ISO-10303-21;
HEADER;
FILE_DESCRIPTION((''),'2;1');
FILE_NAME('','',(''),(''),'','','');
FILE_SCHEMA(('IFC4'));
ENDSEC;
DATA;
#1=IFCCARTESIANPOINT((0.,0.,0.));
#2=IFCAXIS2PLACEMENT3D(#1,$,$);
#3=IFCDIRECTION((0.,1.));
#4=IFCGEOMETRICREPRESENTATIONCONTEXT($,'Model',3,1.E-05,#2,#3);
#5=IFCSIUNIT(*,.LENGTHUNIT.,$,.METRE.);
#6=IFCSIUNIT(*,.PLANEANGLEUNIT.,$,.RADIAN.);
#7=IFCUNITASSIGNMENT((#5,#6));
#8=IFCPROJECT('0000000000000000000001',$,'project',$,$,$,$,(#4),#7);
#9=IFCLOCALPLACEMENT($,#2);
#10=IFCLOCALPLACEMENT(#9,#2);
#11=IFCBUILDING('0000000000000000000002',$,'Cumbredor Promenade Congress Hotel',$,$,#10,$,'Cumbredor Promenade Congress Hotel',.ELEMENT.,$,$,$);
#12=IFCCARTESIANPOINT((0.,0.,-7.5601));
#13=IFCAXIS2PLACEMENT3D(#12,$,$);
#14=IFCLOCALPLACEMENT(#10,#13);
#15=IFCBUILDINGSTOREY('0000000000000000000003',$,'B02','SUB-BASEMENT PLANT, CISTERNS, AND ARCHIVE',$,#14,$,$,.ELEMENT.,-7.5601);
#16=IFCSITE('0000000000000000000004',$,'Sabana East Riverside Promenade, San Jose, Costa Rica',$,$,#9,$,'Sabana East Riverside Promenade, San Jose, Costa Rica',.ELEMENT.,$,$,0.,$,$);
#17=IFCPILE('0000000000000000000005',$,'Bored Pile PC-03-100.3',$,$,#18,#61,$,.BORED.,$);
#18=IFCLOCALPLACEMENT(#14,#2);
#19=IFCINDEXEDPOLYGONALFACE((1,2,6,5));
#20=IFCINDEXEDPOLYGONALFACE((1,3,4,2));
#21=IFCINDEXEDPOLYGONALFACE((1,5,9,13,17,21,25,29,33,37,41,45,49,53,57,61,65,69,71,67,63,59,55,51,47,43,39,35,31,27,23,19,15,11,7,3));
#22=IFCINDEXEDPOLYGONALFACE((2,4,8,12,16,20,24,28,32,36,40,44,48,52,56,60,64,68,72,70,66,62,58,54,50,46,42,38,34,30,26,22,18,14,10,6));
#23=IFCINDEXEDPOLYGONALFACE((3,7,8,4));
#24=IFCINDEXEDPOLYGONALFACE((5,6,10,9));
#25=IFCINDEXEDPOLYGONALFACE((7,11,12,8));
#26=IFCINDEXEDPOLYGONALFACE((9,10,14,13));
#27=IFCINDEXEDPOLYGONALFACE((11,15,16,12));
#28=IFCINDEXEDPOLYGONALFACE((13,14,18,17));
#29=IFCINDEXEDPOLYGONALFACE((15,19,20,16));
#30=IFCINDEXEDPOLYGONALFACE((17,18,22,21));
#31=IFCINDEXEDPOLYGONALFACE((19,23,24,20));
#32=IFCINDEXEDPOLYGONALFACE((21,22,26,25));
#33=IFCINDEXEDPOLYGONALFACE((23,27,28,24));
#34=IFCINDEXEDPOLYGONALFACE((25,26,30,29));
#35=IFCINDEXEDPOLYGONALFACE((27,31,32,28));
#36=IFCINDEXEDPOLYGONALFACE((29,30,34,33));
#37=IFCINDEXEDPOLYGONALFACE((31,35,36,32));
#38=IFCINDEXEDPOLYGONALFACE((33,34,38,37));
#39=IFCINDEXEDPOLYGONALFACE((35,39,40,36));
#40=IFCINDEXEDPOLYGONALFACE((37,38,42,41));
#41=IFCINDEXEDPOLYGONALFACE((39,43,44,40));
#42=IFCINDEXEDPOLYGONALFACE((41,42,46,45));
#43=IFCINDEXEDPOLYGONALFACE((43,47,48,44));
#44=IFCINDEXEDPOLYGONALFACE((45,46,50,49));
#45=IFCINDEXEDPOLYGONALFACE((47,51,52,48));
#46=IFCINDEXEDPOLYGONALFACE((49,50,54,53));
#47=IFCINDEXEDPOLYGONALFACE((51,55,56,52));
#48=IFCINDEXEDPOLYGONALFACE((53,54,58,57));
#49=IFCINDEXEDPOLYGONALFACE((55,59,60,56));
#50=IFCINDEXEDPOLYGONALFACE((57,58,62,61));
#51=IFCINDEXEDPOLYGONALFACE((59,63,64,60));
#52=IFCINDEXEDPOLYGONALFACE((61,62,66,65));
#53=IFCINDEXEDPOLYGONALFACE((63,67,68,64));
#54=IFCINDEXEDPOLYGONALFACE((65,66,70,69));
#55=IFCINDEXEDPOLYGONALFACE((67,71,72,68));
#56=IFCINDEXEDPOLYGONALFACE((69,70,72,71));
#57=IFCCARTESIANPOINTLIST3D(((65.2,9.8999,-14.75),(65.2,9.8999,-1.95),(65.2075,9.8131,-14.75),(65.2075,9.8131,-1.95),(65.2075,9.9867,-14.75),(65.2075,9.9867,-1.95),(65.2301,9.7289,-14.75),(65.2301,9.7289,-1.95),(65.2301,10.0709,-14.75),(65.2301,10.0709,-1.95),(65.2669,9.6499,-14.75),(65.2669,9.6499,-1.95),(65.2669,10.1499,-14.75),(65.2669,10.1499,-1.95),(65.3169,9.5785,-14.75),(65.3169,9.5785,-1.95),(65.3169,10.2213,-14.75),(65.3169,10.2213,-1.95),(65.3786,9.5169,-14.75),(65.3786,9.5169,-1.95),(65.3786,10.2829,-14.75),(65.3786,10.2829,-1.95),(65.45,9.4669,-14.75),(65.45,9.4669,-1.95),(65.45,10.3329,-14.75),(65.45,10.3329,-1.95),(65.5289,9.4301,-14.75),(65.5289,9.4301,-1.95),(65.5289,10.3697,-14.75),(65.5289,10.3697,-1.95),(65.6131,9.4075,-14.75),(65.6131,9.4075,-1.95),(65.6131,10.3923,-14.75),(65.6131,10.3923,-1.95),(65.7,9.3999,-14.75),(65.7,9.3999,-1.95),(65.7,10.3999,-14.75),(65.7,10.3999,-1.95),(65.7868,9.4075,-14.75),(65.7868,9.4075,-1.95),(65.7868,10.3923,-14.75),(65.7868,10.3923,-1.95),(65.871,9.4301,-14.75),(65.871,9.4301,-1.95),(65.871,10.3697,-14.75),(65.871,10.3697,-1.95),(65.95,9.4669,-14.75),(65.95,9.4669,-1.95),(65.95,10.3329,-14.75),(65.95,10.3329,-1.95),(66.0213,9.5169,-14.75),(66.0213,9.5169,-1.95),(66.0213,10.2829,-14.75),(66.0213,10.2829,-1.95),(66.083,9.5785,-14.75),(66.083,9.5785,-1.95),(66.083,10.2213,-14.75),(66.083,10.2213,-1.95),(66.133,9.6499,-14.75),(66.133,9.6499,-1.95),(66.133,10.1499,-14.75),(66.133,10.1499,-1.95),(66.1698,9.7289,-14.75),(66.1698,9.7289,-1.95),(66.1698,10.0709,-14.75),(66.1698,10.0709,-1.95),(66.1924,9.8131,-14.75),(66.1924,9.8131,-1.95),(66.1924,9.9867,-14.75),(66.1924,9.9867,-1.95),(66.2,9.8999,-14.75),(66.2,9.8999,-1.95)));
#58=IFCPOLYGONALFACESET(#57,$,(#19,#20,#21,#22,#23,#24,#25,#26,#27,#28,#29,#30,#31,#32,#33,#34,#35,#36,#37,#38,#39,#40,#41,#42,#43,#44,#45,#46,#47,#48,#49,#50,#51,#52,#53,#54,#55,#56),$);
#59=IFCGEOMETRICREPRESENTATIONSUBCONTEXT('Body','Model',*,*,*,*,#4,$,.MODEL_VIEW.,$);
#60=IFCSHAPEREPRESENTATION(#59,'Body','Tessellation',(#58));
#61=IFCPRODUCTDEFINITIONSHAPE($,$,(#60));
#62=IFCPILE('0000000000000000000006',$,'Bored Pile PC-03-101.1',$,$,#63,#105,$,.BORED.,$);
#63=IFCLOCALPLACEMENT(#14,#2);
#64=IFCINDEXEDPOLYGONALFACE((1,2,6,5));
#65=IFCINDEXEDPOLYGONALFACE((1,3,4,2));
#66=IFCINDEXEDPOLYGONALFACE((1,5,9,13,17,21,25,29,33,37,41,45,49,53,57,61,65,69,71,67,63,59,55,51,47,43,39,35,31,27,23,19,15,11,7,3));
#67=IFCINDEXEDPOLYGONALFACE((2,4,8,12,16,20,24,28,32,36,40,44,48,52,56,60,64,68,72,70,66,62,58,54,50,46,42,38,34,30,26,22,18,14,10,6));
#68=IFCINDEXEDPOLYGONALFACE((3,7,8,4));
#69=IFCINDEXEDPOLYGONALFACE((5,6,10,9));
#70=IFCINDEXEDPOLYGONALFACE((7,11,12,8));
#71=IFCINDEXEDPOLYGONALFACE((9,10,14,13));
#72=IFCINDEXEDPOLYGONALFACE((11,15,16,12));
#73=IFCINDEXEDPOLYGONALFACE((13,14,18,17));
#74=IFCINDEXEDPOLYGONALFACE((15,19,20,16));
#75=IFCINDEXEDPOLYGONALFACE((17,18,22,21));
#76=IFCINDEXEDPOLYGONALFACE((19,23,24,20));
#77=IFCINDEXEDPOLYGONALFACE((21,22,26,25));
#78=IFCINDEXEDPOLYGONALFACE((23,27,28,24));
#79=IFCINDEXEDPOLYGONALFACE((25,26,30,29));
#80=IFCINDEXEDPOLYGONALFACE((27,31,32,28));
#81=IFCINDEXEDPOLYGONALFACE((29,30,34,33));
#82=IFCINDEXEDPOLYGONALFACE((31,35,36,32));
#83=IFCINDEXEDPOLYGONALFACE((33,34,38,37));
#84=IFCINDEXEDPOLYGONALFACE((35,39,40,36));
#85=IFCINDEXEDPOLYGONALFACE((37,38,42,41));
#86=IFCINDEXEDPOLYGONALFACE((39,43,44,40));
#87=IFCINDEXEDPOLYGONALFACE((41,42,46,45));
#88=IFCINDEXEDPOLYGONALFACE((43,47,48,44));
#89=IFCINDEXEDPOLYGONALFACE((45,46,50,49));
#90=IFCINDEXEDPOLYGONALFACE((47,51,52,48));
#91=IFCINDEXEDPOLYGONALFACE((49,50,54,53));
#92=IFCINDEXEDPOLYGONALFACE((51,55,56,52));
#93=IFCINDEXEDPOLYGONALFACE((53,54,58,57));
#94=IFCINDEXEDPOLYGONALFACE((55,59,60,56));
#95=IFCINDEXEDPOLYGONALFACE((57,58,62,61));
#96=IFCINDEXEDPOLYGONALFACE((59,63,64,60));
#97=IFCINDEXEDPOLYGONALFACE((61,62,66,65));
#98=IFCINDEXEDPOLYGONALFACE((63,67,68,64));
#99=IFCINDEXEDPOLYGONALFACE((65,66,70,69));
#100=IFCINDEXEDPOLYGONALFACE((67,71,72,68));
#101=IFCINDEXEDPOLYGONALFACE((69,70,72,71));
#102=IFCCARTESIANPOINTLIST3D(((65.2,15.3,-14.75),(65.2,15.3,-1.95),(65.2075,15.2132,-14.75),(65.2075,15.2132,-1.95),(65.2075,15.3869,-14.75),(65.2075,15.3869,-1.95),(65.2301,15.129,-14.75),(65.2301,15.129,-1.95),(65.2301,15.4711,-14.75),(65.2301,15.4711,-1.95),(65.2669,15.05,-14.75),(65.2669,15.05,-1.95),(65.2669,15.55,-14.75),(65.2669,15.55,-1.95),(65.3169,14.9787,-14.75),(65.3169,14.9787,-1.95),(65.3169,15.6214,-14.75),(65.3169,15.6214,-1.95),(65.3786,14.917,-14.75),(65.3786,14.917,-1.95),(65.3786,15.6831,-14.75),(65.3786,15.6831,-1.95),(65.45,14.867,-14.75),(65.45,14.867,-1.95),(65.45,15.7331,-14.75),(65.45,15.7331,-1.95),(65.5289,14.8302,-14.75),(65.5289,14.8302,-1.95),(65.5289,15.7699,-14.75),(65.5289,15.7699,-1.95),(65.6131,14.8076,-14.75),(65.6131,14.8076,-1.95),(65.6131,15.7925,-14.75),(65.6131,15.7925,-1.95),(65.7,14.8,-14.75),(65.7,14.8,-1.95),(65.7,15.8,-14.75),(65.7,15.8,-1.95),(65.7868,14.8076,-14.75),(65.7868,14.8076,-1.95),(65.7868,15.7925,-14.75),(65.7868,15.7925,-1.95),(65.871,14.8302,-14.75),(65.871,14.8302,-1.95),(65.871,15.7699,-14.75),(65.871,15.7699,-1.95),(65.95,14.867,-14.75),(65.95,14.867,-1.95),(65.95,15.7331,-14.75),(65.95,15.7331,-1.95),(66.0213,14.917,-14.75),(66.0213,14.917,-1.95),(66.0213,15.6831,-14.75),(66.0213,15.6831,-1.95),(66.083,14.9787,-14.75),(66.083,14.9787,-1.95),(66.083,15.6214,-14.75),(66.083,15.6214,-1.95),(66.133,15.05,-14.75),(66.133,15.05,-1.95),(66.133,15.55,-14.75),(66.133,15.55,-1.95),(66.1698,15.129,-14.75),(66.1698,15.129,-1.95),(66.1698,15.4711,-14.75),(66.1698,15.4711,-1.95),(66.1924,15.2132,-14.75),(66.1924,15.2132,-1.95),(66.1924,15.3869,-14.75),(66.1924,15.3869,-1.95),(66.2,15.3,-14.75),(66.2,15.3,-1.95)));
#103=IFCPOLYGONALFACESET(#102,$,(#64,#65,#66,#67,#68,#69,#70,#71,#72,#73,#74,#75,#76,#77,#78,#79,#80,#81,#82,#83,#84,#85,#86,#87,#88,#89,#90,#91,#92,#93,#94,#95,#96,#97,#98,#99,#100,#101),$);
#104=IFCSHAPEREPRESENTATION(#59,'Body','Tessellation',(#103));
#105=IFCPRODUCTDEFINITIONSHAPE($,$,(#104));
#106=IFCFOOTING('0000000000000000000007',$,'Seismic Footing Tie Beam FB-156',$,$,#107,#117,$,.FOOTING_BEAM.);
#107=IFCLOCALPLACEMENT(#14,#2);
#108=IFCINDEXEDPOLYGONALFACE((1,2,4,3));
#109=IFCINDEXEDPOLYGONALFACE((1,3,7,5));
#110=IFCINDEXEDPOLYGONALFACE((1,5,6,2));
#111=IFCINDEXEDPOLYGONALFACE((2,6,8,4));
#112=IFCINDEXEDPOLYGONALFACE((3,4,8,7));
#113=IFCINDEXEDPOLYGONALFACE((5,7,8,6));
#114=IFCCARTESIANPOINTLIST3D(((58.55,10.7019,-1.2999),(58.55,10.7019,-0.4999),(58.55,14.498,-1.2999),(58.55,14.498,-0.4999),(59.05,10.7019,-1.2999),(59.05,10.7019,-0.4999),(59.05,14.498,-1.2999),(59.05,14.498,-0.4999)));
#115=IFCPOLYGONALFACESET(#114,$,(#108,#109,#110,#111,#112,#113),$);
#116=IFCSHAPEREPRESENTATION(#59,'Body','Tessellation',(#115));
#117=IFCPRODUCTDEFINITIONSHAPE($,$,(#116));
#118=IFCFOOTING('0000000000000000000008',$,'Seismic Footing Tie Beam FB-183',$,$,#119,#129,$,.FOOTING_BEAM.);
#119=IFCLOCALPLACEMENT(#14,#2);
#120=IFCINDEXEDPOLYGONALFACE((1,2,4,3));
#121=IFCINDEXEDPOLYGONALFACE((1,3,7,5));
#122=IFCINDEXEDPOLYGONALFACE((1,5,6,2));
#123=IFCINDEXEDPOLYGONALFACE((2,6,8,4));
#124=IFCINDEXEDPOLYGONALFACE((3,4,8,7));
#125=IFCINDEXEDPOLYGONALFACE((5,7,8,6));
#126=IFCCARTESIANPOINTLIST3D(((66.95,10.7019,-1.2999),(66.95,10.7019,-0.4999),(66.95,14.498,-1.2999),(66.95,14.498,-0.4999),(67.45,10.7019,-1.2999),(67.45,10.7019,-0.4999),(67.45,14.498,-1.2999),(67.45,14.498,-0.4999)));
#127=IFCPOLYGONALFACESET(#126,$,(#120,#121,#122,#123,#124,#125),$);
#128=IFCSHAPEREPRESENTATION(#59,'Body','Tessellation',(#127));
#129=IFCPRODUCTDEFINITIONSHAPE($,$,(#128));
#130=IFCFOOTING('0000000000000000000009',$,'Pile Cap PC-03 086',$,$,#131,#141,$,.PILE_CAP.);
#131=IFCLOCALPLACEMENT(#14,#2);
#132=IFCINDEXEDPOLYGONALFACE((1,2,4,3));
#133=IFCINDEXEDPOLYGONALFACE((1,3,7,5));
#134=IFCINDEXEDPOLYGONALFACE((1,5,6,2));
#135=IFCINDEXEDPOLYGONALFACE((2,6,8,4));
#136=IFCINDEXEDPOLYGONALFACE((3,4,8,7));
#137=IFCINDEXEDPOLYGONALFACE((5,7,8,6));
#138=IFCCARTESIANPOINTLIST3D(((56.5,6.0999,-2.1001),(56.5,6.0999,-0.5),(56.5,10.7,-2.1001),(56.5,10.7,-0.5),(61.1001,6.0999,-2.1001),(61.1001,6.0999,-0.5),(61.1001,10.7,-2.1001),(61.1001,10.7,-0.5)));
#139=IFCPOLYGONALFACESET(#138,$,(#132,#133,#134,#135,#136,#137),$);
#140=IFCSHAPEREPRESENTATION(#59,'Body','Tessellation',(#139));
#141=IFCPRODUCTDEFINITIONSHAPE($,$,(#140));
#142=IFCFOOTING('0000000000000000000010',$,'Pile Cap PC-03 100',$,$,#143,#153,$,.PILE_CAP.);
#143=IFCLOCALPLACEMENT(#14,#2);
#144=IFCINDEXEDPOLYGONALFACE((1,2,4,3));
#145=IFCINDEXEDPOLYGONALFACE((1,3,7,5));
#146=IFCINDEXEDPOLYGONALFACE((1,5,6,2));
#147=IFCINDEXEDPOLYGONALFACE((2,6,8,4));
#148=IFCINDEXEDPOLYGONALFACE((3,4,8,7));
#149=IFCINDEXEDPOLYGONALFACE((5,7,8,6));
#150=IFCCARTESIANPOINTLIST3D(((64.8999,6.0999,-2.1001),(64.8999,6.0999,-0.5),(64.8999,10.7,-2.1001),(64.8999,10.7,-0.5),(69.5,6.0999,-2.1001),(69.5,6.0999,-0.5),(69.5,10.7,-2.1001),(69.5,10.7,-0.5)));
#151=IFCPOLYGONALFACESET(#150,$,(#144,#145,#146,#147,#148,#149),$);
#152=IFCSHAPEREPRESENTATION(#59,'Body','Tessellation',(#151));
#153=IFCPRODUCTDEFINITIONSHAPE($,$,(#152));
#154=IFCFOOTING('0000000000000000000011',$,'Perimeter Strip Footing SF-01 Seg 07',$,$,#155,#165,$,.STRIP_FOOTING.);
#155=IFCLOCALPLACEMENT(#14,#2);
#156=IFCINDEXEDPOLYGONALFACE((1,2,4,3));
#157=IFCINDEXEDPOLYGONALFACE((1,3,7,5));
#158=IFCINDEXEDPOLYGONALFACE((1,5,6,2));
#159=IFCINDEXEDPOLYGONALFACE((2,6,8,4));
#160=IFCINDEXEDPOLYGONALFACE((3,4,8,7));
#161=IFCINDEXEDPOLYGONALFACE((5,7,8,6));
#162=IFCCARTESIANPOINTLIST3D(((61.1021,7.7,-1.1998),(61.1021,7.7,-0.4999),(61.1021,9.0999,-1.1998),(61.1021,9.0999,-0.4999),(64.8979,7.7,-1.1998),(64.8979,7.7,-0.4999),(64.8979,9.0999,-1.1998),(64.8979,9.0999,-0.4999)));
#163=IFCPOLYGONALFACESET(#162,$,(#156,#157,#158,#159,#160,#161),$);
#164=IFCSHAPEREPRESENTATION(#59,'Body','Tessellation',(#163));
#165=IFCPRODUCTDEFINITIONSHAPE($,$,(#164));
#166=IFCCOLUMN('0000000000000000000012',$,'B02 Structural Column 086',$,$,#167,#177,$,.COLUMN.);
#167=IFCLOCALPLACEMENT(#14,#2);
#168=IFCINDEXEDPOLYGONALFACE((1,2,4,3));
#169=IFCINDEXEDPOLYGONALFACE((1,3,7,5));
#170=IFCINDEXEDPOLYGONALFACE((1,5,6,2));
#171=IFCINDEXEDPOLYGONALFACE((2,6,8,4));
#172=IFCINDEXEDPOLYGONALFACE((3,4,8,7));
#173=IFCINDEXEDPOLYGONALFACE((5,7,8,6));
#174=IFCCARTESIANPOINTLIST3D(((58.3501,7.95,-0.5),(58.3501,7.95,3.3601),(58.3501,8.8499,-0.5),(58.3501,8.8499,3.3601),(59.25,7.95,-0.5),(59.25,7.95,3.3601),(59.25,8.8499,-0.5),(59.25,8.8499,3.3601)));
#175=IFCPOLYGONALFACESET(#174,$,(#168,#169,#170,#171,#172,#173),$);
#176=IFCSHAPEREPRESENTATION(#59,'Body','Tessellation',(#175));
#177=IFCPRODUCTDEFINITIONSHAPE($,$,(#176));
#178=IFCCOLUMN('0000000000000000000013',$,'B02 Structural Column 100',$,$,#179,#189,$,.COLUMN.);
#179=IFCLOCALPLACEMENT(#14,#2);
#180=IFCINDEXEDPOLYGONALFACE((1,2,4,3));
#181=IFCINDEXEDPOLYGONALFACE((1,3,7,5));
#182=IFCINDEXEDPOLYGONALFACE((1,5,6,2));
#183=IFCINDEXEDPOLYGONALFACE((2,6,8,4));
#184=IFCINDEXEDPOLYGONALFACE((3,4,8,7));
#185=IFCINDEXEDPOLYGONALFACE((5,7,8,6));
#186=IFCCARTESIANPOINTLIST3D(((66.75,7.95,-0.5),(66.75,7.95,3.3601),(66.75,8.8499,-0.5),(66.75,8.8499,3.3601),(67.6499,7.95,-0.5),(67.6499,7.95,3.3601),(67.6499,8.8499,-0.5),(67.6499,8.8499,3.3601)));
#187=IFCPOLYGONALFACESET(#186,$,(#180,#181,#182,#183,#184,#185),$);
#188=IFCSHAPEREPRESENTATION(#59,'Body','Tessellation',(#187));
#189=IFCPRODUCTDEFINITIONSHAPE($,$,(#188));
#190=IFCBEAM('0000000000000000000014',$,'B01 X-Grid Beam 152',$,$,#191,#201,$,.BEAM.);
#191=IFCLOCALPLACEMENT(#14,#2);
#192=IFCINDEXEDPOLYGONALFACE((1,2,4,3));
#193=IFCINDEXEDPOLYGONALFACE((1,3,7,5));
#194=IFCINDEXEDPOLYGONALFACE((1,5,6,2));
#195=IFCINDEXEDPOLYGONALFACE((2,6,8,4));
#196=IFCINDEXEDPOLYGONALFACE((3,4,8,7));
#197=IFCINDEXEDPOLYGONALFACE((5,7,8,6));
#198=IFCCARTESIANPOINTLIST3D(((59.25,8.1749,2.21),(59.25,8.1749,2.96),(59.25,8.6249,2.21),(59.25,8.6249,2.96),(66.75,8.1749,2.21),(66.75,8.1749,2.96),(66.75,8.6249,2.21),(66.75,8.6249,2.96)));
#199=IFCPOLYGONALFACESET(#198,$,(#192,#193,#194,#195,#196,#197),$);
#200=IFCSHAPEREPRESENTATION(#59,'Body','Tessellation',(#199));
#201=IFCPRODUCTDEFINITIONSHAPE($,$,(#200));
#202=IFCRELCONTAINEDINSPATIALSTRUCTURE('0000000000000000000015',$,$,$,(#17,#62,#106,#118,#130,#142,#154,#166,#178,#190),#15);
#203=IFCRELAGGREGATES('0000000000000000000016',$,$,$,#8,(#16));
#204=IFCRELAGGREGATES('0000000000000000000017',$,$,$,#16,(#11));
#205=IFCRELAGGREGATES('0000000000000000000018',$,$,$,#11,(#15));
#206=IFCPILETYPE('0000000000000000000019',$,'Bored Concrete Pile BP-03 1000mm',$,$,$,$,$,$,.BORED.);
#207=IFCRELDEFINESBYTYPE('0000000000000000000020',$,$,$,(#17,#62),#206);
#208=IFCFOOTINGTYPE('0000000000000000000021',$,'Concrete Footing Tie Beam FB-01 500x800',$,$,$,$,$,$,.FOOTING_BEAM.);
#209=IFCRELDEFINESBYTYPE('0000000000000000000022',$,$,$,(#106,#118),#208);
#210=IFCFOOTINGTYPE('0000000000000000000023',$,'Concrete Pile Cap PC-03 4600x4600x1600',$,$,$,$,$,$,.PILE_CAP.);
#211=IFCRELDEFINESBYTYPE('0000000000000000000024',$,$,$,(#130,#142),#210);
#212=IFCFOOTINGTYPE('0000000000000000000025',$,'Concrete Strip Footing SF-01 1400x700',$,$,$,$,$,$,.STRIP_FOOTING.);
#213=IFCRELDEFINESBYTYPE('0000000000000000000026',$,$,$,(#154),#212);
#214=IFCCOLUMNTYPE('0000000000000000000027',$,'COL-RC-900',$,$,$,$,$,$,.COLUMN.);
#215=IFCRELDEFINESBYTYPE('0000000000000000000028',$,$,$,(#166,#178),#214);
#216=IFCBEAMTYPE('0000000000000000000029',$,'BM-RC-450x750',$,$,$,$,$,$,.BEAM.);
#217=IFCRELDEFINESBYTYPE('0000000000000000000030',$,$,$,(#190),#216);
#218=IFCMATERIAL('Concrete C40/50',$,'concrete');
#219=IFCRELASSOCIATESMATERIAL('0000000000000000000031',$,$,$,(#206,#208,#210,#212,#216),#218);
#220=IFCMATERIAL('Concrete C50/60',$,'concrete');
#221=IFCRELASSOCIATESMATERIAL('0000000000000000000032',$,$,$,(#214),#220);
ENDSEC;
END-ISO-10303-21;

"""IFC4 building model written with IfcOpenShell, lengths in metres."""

from ifc_helpers import new_model, si_unit, direction, frame, origin, origin_2d, place, context, subcontext, project, spatial, rectangle, circle, extrude, material, material_profile, profile_set, type_object, element, save


model = new_model("IFC4")

# Units and contexts
model_context = context("Model", 3, precision=1e-05, world=origin(), true_north=direction((0.0, 1.0)))
body_context = subcontext(model_context, "Body", "Model", "MODEL_VIEW")
ifc_project = project(units=[si_unit("LENGTHUNIT", "METRE"), si_unit("PLANEANGLEUNIT", "RADIAN")], contexts=[model_context])

# Site, building, storey
site_placement = place(None, origin())
site = spatial("IfcSite", under=ifc_project, at=site_placement, Name="Sabana East Riverside Promenade, San Jose, Costa Rica", LongName="Sabana East Riverside Promenade, San Jose, Costa Rica", CompositionType="ELEMENT", RefElevation=0.0)
building_placement = place(site_placement, origin())
building = spatial("IfcBuilding", under=site, at=building_placement, Name="Cumbredor Promenade Congress Hotel", LongName="Cumbredor Promenade Congress Hotel", CompositionType="ELEMENT")
storey_placement = place(building_placement, frame((0.0, 0.0, -7.5601)))
storey = spatial("IfcBuildingStorey", under=building, at=storey_placement, Name="B02", Description="SUB-BASEMENT PLANT, CISTERNS, AND ARCHIVE", CompositionType="ELEMENT", Elevation=-7.5601)

# Piles
ifc_material_1 = material(Name="Concrete C40/50", Category="concrete")
ifc_material_profile_1 = material_profile(ifc_material_1, circle(Radius=0.5, at=origin_2d()), Name="PILE D1000")
ifc_profile_set_1 = profile_set([ifc_material_profile_1], Name="Concrete C40/50")
pile_type = type_object("IfcPileType", Name="Bored Concrete Pile BP-03 1000mm", PredefinedType="BORED", material=ifc_profile_set_1)
for number, where, z_axis, x_axis, name in (
    (1, (65.7, 9.8999, -1.95), (0.0, 0.0, -1.0), (1.0, 0.0, 0.0), "Bored Pile PC-03-100.3"),
    (2, (65.7, 15.3, -1.95), (0.0, 0.0, -1.0), (1.0, 0.0, 0.0), "Bored Pile PC-03-101.1"),
):
    element("IfcPile", number, at=place(storey_placement, frame(where, z_axis=z_axis, x_axis=x_axis)), inside=storey, type_object=pile_type, Name=name, PredefinedType="BORED", context=body_context, shape_type="SweptSolid", body=[
        extrude(circle(Radius=0.5, at=origin_2d()), origin(), (0.0, 0.0, 1.0), 12.8),
    ])

# Footings
ifc_material_profile_2 = material_profile(ifc_material_1, rectangle(XDim=0.5, YDim=0.8, at=origin_2d()), Name="FB 500x800")
ifc_profile_set_2 = profile_set([ifc_material_profile_2], Name="Concrete C40/50")
footing_type_1 = type_object("IfcFootingType", Name="Concrete Footing Tie Beam FB-01 500x800", PredefinedType="FOOTING_BEAM", material=ifc_profile_set_2)
for number, where, z_axis, x_axis, name in (
    (3, (58.8, 10.7019, -0.8999), (0.0, 1.0, 0.0), (-1.0, 0.0, 0.0), "Seismic Footing Tie Beam FB-156"),
    (4, (67.2, 10.7019, -0.8999), (0.0, 1.0, 0.0), (-1.0, 0.0, 0.0), "Seismic Footing Tie Beam FB-183"),
):
    element("IfcFooting", number, at=place(storey_placement, frame(where, z_axis=z_axis, x_axis=x_axis)), inside=storey, type_object=footing_type_1, Name=name, PredefinedType="FOOTING_BEAM", context=body_context, shape_type="SweptSolid", body=[
        extrude(rectangle(XDim=0.5, YDim=0.8, at=origin_2d()), origin(), (0.0, 0.0, 1.0), 3.7961),
    ])
footing_type_2 = type_object("IfcFootingType", Name="Concrete Pile Cap PC-03 4600x4600x1600", PredefinedType="PILE_CAP", material=ifc_material_1)
for number, where, z_axis, x_axis, name in (
    (5, (58.8, 8.3999, -2.1001), (0.0, 0.0, 1.0), (1.0, 0.0, 0.0), "Pile Cap PC-03 086"),
    (6, (67.2, 8.3999, -2.1001), (0.0, 0.0, 1.0), (1.0, 0.0, 0.0), "Pile Cap PC-03 100"),
):
    element("IfcFooting", number, at=place(storey_placement, frame(where, z_axis=z_axis, x_axis=x_axis)), inside=storey, type_object=footing_type_2, Name=name, PredefinedType="PILE_CAP", context=body_context, shape_type="SweptSolid", body=[
        extrude(rectangle(XDim=4.6001, YDim=4.6001, at=origin_2d()), origin(), (0.0, 0.0, 1.0), 1.6001),
    ])
ifc_material_profile_3 = material_profile(ifc_material_1, rectangle(XDim=1.3999, YDim=0.7, at=origin_2d()), Name="SF 1400x700")
ifc_profile_set_3 = profile_set([ifc_material_profile_3], Name="Concrete C40/50")
footing_type_3 = type_object("IfcFootingType", Name="Concrete Strip Footing SF-01 1400x700", PredefinedType="STRIP_FOOTING", material=ifc_profile_set_3)
footing_placement = place(storey_placement, frame((61.1021, 8.3999, -0.8499), z_axis=(1.0, 0.0, 0.0), x_axis=(0.0, 1.0, 0.0)))
element("IfcFooting", 7, at=footing_placement, inside=storey, type_object=footing_type_3, Name="Perimeter Strip Footing SF-01 Seg 07", PredefinedType="STRIP_FOOTING", context=body_context, shape_type="SweptSolid", body=[
    extrude(rectangle(XDim=1.3999, YDim=0.7, at=origin_2d()), origin(), (0.0, 0.0, 1.0), 3.7959),
])

# Columns
ifc_material_2 = material(Name="Concrete C50/60", Category="concrete")
ifc_material_profile_4 = material_profile(ifc_material_2, rectangle(XDim=0.8999, YDim=0.8999, at=origin_2d()), Name="RC 900x900")
ifc_profile_set_4 = profile_set([ifc_material_profile_4], Name="Concrete C50/60")
column_type = type_object("IfcColumnType", Name="COL-RC-900", PredefinedType="COLUMN", material=ifc_profile_set_4)
for number, where, z_axis, x_axis, name in (
    (8, (58.8, 8.3999, -0.5), (0.0, 0.0, 1.0), (1.0, 0.0, 0.0), "B02 Structural Column 086"),
    (9, (67.2, 8.3999, -0.5), (0.0, 0.0, 1.0), (1.0, 0.0, 0.0), "B02 Structural Column 100"),
):
    element("IfcColumn", number, at=place(storey_placement, frame(where, z_axis=z_axis, x_axis=x_axis)), inside=storey, type_object=column_type, Name=name, PredefinedType="COLUMN", context=body_context, shape_type="SweptSolid", body=[
        extrude(rectangle(XDim=0.8999, YDim=0.8999, at=origin_2d()), origin(), (0.0, 0.0, 1.0), 3.8601),
    ])

# Beam
ifc_material_profile_5 = material_profile(ifc_material_1, rectangle(XDim=0.45, YDim=0.75, at=origin_2d()), Name="RC BEAM 450x750")
ifc_profile_set_5 = profile_set([ifc_material_profile_5], Name="Concrete C40/50")
beam_type_1 = type_object("IfcBeamType", Name="BM-RC-450x750", PredefinedType="BEAM", material=ifc_profile_set_5)
beam_1_placement = place(storey_placement, frame((59.25, 8.3999, 2.585), z_axis=(1.0, 0.0, 0.0), x_axis=(0.0, 1.0, 0.0)))
element("IfcBeam", 10, at=beam_1_placement, inside=storey, type_object=beam_type_1, Name="B01 X-Grid Beam 152", PredefinedType="BEAM", context=body_context, shape_type="SweptSolid", body=[
    extrude(rectangle(XDim=0.45, YDim=0.75, at=origin_2d()), origin(), (0.0, 0.0, 1.0), 7.5),
])

save(model, "model.ifc")
